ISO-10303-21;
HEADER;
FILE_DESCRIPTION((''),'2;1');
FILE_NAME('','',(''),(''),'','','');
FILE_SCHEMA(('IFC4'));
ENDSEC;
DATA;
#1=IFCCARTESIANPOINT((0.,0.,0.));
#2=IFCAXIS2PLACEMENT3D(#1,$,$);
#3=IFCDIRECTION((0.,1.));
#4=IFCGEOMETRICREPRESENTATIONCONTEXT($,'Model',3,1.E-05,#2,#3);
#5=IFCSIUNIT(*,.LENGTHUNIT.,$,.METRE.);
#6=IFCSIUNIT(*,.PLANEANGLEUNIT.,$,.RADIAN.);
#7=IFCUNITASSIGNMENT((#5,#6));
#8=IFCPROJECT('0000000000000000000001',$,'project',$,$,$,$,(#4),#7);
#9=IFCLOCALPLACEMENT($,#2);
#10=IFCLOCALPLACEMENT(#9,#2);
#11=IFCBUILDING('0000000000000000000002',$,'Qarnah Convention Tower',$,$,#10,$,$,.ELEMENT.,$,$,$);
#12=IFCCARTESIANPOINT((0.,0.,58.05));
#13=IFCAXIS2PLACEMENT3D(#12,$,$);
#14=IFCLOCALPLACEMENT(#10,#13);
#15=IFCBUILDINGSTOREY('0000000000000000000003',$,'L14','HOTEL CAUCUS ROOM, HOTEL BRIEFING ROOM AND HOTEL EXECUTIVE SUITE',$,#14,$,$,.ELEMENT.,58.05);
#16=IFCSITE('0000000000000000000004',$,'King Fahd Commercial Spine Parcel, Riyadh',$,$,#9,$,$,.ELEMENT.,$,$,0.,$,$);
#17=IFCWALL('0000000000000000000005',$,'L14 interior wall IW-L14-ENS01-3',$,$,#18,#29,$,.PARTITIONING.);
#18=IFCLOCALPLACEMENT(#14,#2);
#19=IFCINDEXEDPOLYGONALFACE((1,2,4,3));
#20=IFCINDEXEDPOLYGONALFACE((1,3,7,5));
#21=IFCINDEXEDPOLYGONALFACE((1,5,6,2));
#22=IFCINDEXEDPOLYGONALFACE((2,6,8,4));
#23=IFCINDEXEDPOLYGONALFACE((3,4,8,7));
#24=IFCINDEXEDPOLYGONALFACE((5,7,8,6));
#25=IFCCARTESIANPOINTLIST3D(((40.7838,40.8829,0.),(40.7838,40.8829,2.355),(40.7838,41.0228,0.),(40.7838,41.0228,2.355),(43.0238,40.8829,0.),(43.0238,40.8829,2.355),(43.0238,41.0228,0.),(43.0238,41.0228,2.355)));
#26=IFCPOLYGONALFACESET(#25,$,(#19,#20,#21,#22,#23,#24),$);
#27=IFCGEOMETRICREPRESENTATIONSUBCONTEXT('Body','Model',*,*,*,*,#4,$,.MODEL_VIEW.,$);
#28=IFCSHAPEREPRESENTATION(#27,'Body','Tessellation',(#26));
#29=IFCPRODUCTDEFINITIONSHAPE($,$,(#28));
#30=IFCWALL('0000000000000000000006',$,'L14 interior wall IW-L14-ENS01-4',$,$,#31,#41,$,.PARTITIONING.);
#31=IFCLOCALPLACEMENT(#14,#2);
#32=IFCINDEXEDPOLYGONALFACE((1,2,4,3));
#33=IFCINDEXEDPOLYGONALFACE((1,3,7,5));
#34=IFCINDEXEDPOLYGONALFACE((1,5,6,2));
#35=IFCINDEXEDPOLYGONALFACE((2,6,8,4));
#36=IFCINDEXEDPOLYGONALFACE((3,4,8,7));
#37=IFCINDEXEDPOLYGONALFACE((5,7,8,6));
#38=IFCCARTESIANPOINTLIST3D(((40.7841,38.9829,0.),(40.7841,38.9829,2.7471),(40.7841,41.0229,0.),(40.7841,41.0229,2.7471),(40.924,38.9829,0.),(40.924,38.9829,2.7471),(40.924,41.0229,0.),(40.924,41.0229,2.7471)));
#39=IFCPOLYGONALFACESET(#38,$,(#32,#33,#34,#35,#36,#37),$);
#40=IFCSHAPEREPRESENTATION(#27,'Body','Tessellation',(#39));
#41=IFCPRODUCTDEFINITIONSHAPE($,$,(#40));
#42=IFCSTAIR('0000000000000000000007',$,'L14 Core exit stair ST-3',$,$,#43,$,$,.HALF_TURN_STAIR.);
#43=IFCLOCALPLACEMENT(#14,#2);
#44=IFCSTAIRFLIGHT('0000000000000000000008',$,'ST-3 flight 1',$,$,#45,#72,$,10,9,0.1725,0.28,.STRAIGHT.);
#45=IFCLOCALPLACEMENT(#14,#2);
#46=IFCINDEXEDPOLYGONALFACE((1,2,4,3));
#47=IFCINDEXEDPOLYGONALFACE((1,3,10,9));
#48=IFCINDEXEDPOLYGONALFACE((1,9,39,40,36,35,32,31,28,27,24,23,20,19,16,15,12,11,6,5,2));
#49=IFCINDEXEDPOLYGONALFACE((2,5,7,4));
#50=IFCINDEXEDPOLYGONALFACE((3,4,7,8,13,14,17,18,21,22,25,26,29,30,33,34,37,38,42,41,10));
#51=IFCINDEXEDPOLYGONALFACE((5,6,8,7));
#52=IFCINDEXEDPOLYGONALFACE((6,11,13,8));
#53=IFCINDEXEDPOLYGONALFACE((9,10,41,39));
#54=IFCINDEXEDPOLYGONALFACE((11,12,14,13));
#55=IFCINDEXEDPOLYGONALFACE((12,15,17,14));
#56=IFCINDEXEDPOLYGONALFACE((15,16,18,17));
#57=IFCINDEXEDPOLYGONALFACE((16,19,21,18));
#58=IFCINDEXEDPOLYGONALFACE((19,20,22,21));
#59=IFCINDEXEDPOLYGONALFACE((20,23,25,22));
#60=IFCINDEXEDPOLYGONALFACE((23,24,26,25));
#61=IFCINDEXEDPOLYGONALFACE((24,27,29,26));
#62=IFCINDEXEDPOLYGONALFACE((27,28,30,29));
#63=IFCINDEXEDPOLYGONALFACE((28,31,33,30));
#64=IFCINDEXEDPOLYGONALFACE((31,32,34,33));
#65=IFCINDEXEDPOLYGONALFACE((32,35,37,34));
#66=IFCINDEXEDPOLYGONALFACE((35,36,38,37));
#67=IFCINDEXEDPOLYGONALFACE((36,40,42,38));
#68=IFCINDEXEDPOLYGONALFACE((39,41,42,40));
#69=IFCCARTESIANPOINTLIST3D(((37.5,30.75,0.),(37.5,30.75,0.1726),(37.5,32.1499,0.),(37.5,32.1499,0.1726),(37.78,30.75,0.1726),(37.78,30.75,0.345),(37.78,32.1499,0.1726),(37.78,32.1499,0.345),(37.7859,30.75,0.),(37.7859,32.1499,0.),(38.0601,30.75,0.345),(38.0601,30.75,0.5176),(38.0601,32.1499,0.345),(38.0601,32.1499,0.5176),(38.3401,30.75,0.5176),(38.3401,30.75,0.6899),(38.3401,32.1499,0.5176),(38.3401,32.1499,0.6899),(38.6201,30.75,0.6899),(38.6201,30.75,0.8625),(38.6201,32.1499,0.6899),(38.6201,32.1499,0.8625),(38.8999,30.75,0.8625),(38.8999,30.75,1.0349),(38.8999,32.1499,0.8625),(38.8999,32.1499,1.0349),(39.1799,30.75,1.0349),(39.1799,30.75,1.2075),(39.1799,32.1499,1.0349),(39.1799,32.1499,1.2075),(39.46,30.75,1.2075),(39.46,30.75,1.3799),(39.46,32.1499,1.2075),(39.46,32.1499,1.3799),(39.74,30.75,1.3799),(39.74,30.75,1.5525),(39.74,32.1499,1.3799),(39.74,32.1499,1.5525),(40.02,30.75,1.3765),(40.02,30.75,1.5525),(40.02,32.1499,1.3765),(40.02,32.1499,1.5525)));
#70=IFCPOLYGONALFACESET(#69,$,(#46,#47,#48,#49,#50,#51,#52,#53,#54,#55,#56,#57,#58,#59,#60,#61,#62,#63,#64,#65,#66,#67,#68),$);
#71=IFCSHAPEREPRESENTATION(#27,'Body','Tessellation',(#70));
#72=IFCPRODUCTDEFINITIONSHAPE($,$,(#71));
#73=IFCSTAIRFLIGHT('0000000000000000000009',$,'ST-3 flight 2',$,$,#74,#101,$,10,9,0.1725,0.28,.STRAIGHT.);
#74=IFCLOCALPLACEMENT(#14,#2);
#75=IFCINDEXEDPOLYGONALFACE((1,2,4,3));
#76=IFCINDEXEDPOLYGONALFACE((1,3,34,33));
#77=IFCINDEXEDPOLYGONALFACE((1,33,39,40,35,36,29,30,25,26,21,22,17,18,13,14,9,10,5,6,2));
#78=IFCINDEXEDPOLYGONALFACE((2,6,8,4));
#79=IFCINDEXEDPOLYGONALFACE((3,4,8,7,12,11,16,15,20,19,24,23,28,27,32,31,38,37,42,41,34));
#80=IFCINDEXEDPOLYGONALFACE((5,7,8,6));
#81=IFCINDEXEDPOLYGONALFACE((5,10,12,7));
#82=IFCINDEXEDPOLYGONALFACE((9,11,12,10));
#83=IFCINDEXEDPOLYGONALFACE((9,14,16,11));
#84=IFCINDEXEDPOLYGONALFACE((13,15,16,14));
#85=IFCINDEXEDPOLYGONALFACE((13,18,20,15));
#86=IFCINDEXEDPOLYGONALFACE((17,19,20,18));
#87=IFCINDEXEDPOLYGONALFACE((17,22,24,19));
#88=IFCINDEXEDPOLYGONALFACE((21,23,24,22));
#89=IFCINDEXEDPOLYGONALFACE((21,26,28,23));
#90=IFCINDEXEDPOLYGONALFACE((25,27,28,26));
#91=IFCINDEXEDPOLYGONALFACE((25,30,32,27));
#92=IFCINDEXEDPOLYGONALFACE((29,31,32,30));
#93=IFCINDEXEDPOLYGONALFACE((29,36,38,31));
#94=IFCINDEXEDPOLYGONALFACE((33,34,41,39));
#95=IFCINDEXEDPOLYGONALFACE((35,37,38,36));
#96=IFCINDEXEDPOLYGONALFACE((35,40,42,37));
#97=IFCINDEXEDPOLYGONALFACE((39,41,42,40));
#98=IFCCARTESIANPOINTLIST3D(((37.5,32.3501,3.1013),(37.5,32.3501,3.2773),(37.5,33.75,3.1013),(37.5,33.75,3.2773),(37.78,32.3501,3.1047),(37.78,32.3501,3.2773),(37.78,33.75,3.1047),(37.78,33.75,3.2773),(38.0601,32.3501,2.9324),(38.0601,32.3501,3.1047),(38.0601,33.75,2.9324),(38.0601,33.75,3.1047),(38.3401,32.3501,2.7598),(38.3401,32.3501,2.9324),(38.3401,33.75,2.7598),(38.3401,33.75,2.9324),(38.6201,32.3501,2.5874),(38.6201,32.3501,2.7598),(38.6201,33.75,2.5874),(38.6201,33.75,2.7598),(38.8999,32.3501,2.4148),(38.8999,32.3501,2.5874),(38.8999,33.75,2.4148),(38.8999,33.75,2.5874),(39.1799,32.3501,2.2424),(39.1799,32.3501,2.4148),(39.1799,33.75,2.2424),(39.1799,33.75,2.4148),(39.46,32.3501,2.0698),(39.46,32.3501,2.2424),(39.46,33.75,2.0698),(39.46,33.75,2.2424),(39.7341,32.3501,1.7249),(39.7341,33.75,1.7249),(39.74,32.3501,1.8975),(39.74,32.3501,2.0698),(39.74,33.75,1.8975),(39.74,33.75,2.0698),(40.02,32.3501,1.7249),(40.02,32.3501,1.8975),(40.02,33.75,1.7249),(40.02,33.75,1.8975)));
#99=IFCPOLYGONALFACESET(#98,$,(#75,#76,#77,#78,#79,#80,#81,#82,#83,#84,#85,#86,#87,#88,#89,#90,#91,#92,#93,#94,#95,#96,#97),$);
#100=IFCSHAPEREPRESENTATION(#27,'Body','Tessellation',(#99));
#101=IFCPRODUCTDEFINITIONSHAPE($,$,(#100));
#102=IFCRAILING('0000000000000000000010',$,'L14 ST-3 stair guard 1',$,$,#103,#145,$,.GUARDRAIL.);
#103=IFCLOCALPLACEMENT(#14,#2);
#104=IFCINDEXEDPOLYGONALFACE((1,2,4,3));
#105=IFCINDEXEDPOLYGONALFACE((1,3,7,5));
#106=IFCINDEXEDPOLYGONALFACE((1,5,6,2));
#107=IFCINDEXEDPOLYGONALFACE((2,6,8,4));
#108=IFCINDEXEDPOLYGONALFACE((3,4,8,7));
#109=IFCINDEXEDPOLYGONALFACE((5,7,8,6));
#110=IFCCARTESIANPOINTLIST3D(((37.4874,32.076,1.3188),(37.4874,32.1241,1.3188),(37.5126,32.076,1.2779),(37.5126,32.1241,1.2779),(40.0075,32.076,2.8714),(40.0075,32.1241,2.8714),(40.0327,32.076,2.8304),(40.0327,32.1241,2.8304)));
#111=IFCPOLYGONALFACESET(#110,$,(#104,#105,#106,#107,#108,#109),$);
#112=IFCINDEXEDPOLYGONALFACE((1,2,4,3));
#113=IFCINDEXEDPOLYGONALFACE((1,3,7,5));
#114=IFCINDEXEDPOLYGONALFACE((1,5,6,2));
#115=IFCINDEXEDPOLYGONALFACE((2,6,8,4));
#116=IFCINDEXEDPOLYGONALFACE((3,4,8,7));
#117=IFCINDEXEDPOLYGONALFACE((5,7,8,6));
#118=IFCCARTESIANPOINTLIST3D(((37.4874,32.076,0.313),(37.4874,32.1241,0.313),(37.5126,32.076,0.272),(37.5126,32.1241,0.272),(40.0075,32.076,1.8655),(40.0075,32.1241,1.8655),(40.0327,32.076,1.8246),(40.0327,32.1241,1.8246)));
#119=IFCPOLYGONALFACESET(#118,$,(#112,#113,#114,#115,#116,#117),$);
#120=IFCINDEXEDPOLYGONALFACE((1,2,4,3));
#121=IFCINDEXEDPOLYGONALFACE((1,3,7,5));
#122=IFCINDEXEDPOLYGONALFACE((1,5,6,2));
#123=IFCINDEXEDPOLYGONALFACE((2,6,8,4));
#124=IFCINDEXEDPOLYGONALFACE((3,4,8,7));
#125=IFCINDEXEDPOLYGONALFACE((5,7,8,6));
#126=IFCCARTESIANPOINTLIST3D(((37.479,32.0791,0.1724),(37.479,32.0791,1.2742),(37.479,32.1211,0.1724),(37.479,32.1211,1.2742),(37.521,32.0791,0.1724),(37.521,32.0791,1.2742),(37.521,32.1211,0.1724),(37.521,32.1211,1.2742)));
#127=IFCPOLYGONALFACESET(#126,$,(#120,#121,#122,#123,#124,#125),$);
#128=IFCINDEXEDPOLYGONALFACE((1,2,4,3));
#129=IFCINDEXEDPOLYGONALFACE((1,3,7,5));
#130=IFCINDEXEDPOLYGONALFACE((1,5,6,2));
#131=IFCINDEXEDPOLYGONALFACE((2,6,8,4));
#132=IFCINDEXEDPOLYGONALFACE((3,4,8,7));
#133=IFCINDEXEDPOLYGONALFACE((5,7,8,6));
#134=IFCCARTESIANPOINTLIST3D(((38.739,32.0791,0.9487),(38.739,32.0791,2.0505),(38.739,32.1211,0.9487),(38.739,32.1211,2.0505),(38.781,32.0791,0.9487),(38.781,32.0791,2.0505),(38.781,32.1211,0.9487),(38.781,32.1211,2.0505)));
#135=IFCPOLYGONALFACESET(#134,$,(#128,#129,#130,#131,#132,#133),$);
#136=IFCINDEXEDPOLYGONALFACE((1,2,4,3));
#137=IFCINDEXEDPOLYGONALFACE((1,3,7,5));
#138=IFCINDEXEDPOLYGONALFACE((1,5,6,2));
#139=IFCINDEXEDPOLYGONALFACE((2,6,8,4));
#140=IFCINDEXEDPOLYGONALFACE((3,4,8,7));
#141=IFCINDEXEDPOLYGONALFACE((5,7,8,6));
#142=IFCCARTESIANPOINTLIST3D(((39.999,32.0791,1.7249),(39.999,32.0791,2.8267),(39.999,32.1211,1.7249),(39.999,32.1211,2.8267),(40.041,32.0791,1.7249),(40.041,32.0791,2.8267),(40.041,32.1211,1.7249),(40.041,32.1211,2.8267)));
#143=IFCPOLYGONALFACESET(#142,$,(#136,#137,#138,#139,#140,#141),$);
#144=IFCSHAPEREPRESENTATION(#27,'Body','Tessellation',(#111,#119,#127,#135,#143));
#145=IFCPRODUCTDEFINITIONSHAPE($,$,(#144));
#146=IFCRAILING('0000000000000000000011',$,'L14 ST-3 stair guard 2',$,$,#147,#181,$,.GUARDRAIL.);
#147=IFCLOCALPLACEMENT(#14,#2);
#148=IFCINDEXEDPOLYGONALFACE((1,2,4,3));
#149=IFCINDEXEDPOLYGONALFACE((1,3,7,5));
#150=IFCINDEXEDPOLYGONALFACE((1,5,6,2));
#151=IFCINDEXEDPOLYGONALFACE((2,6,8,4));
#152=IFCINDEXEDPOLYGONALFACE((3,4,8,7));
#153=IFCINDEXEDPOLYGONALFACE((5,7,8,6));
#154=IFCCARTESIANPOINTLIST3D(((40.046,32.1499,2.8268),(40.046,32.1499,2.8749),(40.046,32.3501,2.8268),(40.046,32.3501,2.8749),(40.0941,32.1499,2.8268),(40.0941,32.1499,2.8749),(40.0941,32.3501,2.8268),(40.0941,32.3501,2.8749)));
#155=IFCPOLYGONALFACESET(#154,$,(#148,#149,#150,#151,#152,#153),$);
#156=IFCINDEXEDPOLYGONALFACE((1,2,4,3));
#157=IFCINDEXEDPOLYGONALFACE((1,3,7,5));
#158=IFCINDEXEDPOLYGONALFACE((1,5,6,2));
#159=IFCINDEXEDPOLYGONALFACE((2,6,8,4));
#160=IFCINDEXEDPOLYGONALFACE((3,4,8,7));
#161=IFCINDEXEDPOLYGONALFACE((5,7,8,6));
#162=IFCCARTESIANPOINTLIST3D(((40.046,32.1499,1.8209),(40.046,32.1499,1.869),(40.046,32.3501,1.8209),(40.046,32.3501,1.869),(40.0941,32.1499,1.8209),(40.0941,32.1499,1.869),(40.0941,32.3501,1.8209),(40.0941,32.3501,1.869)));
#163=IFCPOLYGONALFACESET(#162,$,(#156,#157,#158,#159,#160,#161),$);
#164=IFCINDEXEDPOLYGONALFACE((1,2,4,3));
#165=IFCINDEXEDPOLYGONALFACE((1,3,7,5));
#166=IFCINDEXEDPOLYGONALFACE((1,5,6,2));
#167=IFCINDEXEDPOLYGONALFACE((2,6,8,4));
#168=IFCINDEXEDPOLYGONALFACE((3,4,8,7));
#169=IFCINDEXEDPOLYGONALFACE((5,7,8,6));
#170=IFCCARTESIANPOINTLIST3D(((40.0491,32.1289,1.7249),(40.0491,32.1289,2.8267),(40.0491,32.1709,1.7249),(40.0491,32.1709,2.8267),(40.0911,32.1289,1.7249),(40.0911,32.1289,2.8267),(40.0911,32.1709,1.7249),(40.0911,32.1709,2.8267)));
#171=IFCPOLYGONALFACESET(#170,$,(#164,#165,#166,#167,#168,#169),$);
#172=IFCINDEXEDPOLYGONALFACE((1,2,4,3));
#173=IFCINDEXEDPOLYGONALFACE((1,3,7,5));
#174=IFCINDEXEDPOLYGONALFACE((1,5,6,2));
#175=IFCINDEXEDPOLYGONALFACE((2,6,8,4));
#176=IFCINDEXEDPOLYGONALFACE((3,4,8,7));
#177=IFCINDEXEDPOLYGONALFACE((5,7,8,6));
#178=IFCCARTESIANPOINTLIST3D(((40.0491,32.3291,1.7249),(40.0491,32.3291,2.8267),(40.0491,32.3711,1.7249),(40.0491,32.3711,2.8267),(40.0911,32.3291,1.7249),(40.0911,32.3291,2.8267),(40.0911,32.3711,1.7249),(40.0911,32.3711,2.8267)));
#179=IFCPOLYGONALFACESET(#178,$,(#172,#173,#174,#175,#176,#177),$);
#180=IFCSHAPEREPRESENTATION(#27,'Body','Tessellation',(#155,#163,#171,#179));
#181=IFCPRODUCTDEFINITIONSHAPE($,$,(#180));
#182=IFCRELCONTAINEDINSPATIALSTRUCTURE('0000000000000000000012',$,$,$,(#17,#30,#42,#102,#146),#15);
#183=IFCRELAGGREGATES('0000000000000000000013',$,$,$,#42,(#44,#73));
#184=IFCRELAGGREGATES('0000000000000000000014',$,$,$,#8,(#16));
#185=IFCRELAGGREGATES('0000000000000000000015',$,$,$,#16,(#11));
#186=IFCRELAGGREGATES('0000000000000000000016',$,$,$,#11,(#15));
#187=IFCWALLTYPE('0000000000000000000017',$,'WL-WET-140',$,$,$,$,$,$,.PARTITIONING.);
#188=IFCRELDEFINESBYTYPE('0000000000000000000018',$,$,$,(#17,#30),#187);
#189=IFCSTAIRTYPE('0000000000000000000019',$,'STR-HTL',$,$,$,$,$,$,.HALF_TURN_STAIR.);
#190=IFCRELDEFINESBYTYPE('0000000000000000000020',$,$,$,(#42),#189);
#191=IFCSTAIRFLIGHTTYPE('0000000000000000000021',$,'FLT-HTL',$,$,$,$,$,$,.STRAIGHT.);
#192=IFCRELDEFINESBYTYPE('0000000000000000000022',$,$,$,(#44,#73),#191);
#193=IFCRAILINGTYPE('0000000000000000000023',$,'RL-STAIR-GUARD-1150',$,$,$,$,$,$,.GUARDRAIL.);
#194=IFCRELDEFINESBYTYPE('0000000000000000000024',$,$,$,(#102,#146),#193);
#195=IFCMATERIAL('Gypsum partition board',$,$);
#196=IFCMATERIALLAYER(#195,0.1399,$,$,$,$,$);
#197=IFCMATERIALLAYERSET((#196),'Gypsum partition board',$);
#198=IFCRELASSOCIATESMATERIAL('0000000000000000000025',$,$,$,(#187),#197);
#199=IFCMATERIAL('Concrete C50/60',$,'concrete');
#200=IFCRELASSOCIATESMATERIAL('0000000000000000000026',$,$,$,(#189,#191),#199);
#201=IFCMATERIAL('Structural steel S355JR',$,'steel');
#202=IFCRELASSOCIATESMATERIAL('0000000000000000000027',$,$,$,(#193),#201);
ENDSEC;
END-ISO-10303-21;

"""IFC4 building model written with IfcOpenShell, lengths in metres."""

from ifc_helpers import new_model, si_unit, direction, frame, frame_2d, origin, origin_2d, place, context, subcontext, project, spatial, polyline, rectangle, outline, extrude, material, layer, layer_set, type_object, element, aggregate, save


model = new_model("IFC4")

# Units and contexts
model_context = context("Model", 3, precision=1e-05, world=origin(), true_north=direction((0.0, 1.0)))
body_context = subcontext(model_context, "Body", "Model", "MODEL_VIEW")
ifc_project = project(units=[si_unit("LENGTHUNIT", "METRE"), si_unit("PLANEANGLEUNIT", "RADIAN")], contexts=[model_context])

# Site, building, storey
site_placement = place(None, origin())
site = spatial("IfcSite", under=ifc_project, at=site_placement, Name="King Fahd Commercial Spine Parcel, Riyadh", CompositionType="ELEMENT", RefElevation=0.0)
building_placement = place(site_placement, origin())
building = spatial("IfcBuilding", under=site, at=building_placement, Name="Qarnah Convention Tower", CompositionType="ELEMENT")
storey_placement = place(building_placement, frame((0.0, 0.0, 58.05)))
storey = spatial("IfcBuildingStorey", under=building, at=storey_placement, Name="L14", Description="HOTEL CAUCUS ROOM, HOTEL BRIEFING ROOM AND HOTEL EXECUTIVE SUITE", CompositionType="ELEMENT", Elevation=58.05)

# Shared definitions
ifc_material_1 = material(Name="Structural steel S355JR", Category="steel")

# Shared definitions
ifc_material_2 = material(Name="Gypsum partition board")

# Shared definitions
ifc_layer_1 = layer(ifc_material_2, 0.1399)
ifc_layer_set_1 = layer_set([ifc_layer_1], Name="Gypsum partition board")
wall_type_1 = type_object("IfcWallType", Name="WL-WET-140", PredefinedType="PARTITIONING", material=ifc_layer_set_1)

# Walls
wall_1_placement = place(storey_placement, frame((43.0239, 40.9529, 0.0), z_axis=(0.0, 0.0, 1.0), x_axis=(-1.0, 0.0, 0.0)))
element("IfcWall", 1, at=wall_1_placement, inside=storey, type_object=wall_type_1, Name="L14 interior wall IW-L14-ENS01-3", PredefinedType="PARTITIONING", context=body_context, shape_type="SweptSolid", body=[
    extrude(rectangle(XDim=2.24, YDim=0.1399, at=frame_2d((1.1201, 0.0))), origin(), (0.0, 0.0, 1.0), 2.355),
])
wall_2_placement = place(storey_placement, frame((40.854, 41.0229, 0.0), z_axis=(0.0, 0.0, 1.0), x_axis=(0.0, -1.0, 0.0)))
element("IfcWall", 2, at=wall_2_placement, inside=storey, type_object=wall_type_1, Name="L14 interior wall IW-L14-ENS01-4", PredefinedType="PARTITIONING", context=body_context, shape_type="SweptSolid", body=[
    extrude(rectangle(XDim=2.04, YDim=0.1399, at=frame_2d((1.02, 0.0))), origin(), (0.0, 0.0, 1.0), 2.7471),
])

# Stair, stair flights
ifc_material_3 = material(Name="Concrete C50/60", Category="concrete")
stair_type = type_object("IfcStairType", Name="STR-HTL", PredefinedType="HALF_TURN_STAIR", material=ifc_material_3)
stair_placement = place(storey_placement, origin())
stair = element("IfcStair", 3, at=stair_placement, inside=storey, type_object=stair_type, Name="L14 Core exit stair ST-3", PredefinedType="HALF_TURN_STAIR")
stair_flight_type = type_object("IfcStairFlightType", Name="FLT-HTL", PredefinedType="STRAIGHT", material=ifc_material_3)
stair_flight_1_placement = place(storey_placement, frame((37.5, 31.45, 0.0), z_axis=(0.0, 0.0, 1.0), x_axis=(1.0, 0.0, 0.0)))
stair_flight_1 = element("IfcStairFlight", 4, at=stair_flight_1_placement, type_object=stair_flight_type, Name="ST-3 flight 1", NumberOfRisers=10, NumberOfTreads=9, PredefinedType="STRAIGHT", RiserHeight=0.1725, TreadLength=0.28, context=body_context, shape_type="SweptSolid", body=[
    extrude(outline(polyline([(0.0, 0.0), (0.0, 0.1726), (0.28, 0.1726), (0.28, 0.345), (0.5601, 0.345), (0.5601, 0.5176), (0.8401, 0.5176), (0.8401, 0.6899), (1.1201, 0.6899), (1.1201, 0.8625), (1.3999, 0.8625), (1.3999, 1.0349), (1.6799, 1.0349), (1.6799, 1.2075), (1.96, 1.2075), (1.96, 1.3799), (2.24, 1.3799), (2.24, 1.5525), (2.52, 1.5525), (2.52, 1.7251), (2.52, 1.3765), (0.2859, 0.0), (0.0, 0.0)])), frame((0.0, 0.7, 0.0), z_axis=(0.0, -1.0, 0.0), x_axis=(1.0, 0.0, 0.0)), (0.0, 0.0, 1.0), 1.3999),
])
stair_flight_2_placement = place(storey_placement, frame((40.02, 33.05, 1.7249), z_axis=(0.0, 0.0, 1.0), x_axis=(-1.0, 0.0, 0.0)))
stair_flight_2 = element("IfcStairFlight", 5, at=stair_flight_2_placement, type_object=stair_flight_type, Name="ST-3 flight 2", NumberOfRisers=10, NumberOfTreads=9, PredefinedType="STRAIGHT", RiserHeight=0.1725, TreadLength=0.28, context=body_context, shape_type="SweptSolid", body=[
    extrude(outline(polyline([(0.0, 0.0), (0.0, 0.1726), (0.28, 0.1726), (0.28, 0.345), (0.5601, 0.345), (0.5601, 0.5176), (0.8401, 0.5176), (0.8401, 0.6899), (1.1201, 0.6899), (1.1201, 0.8625), (1.3999, 0.8625), (1.3999, 1.0349), (1.6799, 1.0349), (1.6799, 1.2075), (1.96, 1.2075), (1.96, 1.3799), (2.24, 1.3799), (2.24, 1.5525), (2.52, 1.5525), (2.52, 1.7251), (2.52, 1.3765), (0.2859, 0.0), (0.0, 0.0)])), frame((0.0, 0.7, 0.0), z_axis=(0.0, -1.0, 0.0), x_axis=(1.0, 0.0, 0.0)), (0.0, 0.0, 1.0), 1.3999),
])
aggregate(stair, [stair_flight_1, stair_flight_2])

# Railings
railing_type_1 = type_object("IfcRailingType", Name="RL-STAIR-GUARD-1150", PredefinedType="GUARDRAIL", material=ifc_material_1)
railing_1_placement = place(storey_placement, frame((37.5, 32.1001, 0.1724)))
element("IfcRailing", 6, at=railing_1_placement, inside=storey, type_object=railing_type_1, Name="L14 ST-3 stair guard 1", PredefinedType="GUARDRAIL", context=body_context, shape_type="SweptSolid", body=[
    extrude(rectangle(XDim=0.0481, YDim=0.0481, at=origin_2d()), frame((0.0, 0.0, 1.126), z_axis=(0.8514, 0.0, 0.524516), x_axis=(0.0, 1.0, 0.0)), (0.0, 0.0, 1.0), 2.96),
    extrude(rectangle(XDim=0.0481, YDim=0.0481, at=origin_2d()), frame((0.0, 0.0, 0.1201), z_axis=(0.8514, 0.0, 0.524516), x_axis=(0.0, 1.0, 0.0)), (0.0, 0.0, 1.0), 2.96),
    extrude(rectangle(XDim=0.042, YDim=0.042, at=origin_2d()), origin(), (0.0, 0.0, 1.0), 1.1018),
    extrude(rectangle(XDim=0.042, YDim=0.042, at=origin_2d()), frame((1.26, 0.0, 0.7764)), (0.0, 0.0, 1.0), 1.1018),
    extrude(rectangle(XDim=0.042, YDim=0.042, at=origin_2d()), frame((2.52, 0.0, 1.5525)), (0.0, 0.0, 1.0), 1.1018),
])
railing_2_placement = place(storey_placement, frame((40.0701, 32.1499, 1.7249)))
element("IfcRailing", 7, at=railing_2_placement, inside=storey, type_object=railing_type_1, Name="L14 ST-3 stair guard 2", PredefinedType="GUARDRAIL", context=body_context, shape_type="SweptSolid", body=[
    extrude(rectangle(XDim=0.0481, YDim=0.0481, at=origin_2d()), frame((0.0, 0.0, 1.126), z_axis=(0.0, 1.0, 0.0), x_axis=(-1.0, 0.0, 0.0)), (0.0, 0.0, 1.0), 0.2002),
    extrude(rectangle(XDim=0.0481, YDim=0.0481, at=origin_2d()), frame((0.0, 0.0, 0.1201), z_axis=(0.0, 1.0, 0.0), x_axis=(-1.0, 0.0, 0.0)), (0.0, 0.0, 1.0), 0.2002),
    extrude(rectangle(XDim=0.042, YDim=0.042, at=origin_2d()), origin(), (0.0, 0.0, 1.0), 1.1018),
    extrude(rectangle(XDim=0.042, YDim=0.042, at=origin_2d()), frame((0.0, 0.2002, 0.0)), (0.0, 0.0, 1.0), 1.1018),
])

save(model, "model.ifc")
